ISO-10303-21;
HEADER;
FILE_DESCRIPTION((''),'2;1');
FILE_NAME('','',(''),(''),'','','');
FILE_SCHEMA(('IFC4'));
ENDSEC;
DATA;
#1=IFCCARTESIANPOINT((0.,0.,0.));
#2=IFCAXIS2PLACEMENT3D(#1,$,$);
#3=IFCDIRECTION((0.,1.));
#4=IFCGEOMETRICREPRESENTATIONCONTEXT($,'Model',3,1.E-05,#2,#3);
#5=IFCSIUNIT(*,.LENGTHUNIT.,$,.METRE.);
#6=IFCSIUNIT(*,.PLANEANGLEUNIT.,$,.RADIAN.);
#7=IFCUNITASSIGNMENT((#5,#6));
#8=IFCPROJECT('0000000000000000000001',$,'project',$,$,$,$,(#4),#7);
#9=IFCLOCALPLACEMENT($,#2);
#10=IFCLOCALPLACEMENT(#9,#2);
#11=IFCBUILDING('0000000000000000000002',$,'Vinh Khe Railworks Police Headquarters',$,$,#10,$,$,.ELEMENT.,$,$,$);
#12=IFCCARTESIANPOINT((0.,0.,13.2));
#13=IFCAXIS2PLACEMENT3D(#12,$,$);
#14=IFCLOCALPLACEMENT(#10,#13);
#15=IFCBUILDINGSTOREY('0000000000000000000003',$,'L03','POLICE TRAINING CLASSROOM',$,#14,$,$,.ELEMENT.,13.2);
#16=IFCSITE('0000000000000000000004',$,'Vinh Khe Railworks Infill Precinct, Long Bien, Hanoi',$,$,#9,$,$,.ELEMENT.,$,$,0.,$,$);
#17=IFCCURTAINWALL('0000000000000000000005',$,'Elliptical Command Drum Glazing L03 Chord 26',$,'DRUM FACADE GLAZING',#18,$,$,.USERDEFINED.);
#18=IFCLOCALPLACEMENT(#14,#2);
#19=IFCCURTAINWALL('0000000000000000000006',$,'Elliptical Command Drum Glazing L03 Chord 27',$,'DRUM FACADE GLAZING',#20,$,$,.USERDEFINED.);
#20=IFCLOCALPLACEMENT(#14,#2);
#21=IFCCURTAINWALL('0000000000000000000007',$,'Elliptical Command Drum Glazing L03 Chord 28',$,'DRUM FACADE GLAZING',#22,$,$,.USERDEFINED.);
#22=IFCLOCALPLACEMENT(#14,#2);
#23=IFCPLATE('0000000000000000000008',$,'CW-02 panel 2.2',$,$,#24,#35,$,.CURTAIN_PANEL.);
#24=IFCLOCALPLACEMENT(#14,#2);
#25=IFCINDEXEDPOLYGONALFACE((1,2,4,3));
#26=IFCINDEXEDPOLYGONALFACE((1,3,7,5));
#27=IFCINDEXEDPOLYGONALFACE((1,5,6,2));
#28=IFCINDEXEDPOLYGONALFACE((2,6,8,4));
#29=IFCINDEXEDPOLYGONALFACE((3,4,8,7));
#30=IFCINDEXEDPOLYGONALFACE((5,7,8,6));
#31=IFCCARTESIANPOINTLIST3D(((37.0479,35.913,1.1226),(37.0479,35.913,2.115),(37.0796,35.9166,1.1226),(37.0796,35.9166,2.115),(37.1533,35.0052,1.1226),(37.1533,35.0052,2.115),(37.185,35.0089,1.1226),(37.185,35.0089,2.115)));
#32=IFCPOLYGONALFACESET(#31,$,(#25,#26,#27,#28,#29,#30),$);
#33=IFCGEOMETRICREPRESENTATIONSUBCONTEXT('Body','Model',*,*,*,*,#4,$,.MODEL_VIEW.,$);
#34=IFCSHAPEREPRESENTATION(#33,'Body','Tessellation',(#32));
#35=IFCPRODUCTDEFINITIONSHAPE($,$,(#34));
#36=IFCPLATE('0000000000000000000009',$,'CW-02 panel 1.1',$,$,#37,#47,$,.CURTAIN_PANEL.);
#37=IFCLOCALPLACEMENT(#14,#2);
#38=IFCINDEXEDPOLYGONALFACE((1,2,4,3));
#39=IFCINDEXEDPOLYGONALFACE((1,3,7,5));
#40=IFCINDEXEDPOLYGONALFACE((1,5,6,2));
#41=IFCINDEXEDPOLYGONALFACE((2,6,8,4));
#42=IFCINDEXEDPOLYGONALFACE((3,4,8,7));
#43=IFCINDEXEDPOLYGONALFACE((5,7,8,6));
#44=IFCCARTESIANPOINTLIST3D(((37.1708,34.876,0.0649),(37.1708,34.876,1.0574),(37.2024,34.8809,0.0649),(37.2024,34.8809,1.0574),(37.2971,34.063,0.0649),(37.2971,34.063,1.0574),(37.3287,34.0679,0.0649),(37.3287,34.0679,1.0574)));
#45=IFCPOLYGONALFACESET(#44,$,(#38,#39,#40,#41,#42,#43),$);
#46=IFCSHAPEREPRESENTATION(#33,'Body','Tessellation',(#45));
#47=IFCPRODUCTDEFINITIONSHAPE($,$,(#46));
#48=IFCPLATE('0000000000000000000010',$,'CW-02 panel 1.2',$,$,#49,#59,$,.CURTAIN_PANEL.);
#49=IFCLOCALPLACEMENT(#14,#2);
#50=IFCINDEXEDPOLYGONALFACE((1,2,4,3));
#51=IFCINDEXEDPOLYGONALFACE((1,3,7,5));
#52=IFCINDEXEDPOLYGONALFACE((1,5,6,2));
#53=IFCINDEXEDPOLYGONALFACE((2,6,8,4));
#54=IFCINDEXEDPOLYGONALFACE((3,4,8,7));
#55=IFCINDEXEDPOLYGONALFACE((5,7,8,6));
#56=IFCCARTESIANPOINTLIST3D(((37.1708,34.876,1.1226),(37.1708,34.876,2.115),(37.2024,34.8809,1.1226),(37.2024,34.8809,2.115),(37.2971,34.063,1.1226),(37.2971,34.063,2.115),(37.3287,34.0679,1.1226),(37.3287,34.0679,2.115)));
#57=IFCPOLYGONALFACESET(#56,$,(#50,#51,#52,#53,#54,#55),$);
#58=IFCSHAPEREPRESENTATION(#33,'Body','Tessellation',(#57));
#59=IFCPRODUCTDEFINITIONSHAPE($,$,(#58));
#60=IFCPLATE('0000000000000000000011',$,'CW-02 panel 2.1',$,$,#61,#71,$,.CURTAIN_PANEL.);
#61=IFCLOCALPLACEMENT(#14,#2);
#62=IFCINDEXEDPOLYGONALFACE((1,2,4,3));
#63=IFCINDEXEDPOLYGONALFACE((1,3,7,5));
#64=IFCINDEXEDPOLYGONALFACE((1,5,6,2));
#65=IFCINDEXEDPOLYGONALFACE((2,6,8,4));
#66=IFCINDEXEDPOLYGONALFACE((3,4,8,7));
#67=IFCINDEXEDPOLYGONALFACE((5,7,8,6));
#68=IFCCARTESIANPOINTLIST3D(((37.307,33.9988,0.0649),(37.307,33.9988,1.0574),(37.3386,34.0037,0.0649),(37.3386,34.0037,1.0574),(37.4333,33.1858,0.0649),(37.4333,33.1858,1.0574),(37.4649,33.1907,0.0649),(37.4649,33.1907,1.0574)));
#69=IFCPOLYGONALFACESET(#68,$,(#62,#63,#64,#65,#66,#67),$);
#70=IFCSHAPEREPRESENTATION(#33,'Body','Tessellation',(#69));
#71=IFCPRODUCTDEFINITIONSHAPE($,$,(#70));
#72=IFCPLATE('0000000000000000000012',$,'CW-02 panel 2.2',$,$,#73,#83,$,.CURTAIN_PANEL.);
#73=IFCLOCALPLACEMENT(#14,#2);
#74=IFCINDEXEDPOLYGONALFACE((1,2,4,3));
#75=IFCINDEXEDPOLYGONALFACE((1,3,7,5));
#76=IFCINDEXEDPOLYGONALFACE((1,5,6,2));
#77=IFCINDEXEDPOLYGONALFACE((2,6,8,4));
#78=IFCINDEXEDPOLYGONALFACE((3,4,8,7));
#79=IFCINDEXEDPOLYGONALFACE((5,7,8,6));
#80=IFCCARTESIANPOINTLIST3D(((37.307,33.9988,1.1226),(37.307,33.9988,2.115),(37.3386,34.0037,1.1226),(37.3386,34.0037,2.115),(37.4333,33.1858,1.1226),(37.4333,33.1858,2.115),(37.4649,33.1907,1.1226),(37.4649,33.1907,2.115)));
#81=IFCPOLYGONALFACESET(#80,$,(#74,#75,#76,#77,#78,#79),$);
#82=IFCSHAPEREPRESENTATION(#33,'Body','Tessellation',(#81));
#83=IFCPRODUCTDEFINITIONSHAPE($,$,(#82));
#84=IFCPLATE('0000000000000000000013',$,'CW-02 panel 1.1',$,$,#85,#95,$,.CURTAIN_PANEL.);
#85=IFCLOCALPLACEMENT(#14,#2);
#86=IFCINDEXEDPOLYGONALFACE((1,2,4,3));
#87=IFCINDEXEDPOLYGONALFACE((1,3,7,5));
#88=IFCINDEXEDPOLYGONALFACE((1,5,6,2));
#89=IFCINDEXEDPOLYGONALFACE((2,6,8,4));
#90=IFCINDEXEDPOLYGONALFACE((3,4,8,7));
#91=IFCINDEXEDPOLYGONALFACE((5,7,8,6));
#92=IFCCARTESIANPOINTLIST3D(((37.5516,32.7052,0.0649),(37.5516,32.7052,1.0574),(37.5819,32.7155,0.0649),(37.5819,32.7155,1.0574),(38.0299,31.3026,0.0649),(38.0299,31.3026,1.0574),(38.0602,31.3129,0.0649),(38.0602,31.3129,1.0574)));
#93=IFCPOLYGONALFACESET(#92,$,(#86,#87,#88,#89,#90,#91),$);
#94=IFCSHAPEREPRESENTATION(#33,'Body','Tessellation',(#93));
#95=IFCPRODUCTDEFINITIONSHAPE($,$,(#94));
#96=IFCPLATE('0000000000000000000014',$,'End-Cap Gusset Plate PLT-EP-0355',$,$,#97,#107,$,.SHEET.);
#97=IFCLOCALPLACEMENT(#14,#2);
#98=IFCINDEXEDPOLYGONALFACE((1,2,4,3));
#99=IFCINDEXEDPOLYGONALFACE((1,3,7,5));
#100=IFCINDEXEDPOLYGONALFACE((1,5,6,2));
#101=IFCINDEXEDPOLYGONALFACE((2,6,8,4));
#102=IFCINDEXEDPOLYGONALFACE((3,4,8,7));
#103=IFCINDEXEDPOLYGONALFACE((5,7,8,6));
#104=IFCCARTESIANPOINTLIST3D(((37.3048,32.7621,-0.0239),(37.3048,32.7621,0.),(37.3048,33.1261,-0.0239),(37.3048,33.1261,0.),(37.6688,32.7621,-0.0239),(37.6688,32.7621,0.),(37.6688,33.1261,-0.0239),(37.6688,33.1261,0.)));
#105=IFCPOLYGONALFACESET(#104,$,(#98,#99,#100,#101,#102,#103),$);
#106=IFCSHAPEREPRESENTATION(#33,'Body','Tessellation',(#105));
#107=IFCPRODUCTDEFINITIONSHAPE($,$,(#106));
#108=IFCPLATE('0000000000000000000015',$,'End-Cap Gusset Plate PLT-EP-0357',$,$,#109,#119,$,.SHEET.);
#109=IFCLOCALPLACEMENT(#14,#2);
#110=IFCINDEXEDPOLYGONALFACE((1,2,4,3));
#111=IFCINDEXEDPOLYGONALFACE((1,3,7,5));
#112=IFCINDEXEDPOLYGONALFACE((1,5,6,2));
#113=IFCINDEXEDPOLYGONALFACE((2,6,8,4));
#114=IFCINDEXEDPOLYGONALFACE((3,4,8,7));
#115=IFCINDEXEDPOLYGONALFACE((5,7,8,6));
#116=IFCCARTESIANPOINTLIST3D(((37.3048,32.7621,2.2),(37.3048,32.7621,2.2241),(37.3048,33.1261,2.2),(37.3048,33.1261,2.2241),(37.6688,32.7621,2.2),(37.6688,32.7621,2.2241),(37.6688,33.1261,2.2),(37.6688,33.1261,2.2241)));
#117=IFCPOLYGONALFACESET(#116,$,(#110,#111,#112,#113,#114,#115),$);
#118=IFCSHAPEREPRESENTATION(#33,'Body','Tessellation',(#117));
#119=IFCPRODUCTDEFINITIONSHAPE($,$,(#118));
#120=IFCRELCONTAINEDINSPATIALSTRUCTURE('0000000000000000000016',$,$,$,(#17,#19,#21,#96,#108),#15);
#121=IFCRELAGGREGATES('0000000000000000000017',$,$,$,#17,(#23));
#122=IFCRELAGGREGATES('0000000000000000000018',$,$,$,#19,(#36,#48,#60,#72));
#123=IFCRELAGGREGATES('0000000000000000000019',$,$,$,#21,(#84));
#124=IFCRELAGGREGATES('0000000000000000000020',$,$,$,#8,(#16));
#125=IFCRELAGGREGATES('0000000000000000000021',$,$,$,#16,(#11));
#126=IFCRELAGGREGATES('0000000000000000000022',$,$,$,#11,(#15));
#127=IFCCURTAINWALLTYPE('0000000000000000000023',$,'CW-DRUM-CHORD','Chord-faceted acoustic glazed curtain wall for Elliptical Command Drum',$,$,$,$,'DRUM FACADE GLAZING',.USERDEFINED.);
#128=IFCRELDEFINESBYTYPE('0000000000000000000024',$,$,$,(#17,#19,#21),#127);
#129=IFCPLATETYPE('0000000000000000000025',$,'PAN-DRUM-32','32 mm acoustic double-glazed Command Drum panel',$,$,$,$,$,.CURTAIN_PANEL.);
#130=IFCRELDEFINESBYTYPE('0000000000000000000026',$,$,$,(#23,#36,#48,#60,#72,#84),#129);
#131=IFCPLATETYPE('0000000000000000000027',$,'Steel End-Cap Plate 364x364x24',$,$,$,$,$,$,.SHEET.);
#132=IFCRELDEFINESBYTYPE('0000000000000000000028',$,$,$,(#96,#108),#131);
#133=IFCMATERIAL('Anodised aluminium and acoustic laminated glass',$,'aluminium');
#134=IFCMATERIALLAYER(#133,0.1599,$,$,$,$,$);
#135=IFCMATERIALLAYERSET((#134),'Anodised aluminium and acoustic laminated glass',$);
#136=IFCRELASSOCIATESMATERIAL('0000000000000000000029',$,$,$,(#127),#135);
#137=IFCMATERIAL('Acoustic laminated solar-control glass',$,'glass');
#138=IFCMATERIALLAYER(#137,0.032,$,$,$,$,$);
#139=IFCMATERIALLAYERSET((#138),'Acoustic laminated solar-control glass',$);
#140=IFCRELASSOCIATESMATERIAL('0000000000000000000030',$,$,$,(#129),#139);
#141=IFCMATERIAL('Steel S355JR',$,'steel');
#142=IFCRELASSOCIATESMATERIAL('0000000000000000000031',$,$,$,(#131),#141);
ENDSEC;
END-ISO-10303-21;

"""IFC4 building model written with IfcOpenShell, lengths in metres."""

from ifc_helpers import new_model, si_unit, direction, frame, origin, origin_2d, place, context, subcontext, project, spatial, rectangle, extrude, material, layer, layer_set, material_profile, profile_set, type_object, element, aggregate, save


model = new_model("IFC4")

# Units and contexts
model_context = context("Model", 3, precision=1e-05, world=origin(), true_north=direction((0.0, 1.0)))
body_context = subcontext(model_context, "Body", "Model", "MODEL_VIEW")
ifc_project = project(units=[si_unit("LENGTHUNIT", "METRE"), si_unit("PLANEANGLEUNIT", "RADIAN")], contexts=[model_context])

# Site, building, storey
site_placement = place(None, origin())
site = spatial("IfcSite", under=ifc_project, at=site_placement, Name="Vinh Khe Railworks Infill Precinct, Long Bien, Hanoi", CompositionType="ELEMENT", RefElevation=0.0)
building_placement = place(site_placement, origin())
building = spatial("IfcBuilding", under=site, at=building_placement, Name="Vinh Khe Railworks Police Headquarters", CompositionType="ELEMENT")
storey_placement = place(building_placement, frame((0.0, 0.0, 13.2)))
storey = spatial("IfcBuildingStorey", under=building, at=storey_placement, Name="L03", Description="POLICE TRAINING CLASSROOM", CompositionType="ELEMENT", Elevation=13.2)

# Shared definitions
ifc_material_1 = material(Name="Steel S355JR", Category="steel")

# Curtain walls
ifc_material_2 = material(Name="Anodised aluminium and acoustic laminated glass", Category="aluminium")
ifc_layer_1 = layer(ifc_material_2, 0.1599)
ifc_layer_set_1 = layer_set([ifc_layer_1], Name="Anodised aluminium and acoustic laminated glass")
curtain_wall_type = type_object("IfcCurtainWallType", Name="CW-DRUM-CHORD", Description="Chord-faceted acoustic glazed curtain wall for Elliptical Command Drum", ElementType="DRUM FACADE GLAZING", PredefinedType="USERDEFINED", material=ifc_layer_set_1)
curtain_wall_1_placement = place(storey_placement, origin())
curtain_wall_1 = element("IfcCurtainWall", 1, at=curtain_wall_1_placement, inside=storey, type_object=curtain_wall_type, Name="Elliptical Command Drum Glazing L03 Chord 26", ObjectType="DRUM FACADE GLAZING", PredefinedType="USERDEFINED")
curtain_wall_2_placement = place(storey_placement, origin())
curtain_wall_2 = element("IfcCurtainWall", 2, at=curtain_wall_2_placement, inside=storey, type_object=curtain_wall_type, Name="Elliptical Command Drum Glazing L03 Chord 27", ObjectType="DRUM FACADE GLAZING", PredefinedType="USERDEFINED")

# Curtain wall
curtain_wall_3_placement = place(storey_placement, origin())
curtain_wall_3 = element("IfcCurtainWall", 3, at=curtain_wall_3_placement, inside=storey, type_object=curtain_wall_type, Name="Elliptical Command Drum Glazing L03 Chord 28", ObjectType="DRUM FACADE GLAZING", PredefinedType="USERDEFINED")

# Plates
ifc_material_3 = material(Name="Acoustic laminated solar-control glass", Category="glass")
ifc_layer_2 = layer(ifc_material_3, 0.032)
ifc_layer_set_2 = layer_set([ifc_layer_2], Name="Acoustic laminated solar-control glass")
plate_type_1 = type_object("IfcPlateType", Name="PAN-DRUM-32", Description="32 mm acoustic double-glazed Command Drum panel", PredefinedType="CURTAIN_PANEL", material=ifc_layer_set_2)
plate_1_placement = place(storey_placement, frame((37.1165, 35.4609, 1.1226), z_axis=(0.0, 0.0, 1.0), x_axis=(0.115318, -0.993329, 0.0)))
plate_1 = element("IfcPlate", 4, at=plate_1_placement, type_object=plate_type_1, Name="CW-02 panel 2.2", PredefinedType="CURTAIN_PANEL", context=body_context, shape_type="SweptSolid", body=[
    extrude(rectangle(XDim=0.9138, YDim=0.032, at=origin_2d()), origin(), (0.0, 0.0, 1.0), 0.9924),
])
aggregate(curtain_wall_1, [plate_1])
plate_2_placement = place(storey_placement, frame((37.2498, 34.4719, 0.0649), z_axis=(0.0, 0.0, 1.0), x_axis=(0.153489, -0.98815, 0.0)))
plate_2 = element("IfcPlate", 5, at=plate_2_placement, type_object=plate_type_1, Name="CW-02 panel 1.1", PredefinedType="CURTAIN_PANEL", context=body_context, shape_type="SweptSolid", body=[
    extrude(rectangle(XDim=0.8228, YDim=0.032, at=origin_2d()), origin(), (0.0, 0.0, 1.0), 0.9924),
])
plate_3_placement = place(storey_placement, frame((37.2498, 34.4719, 1.1226), z_axis=(0.0, 0.0, 1.0), x_axis=(0.153489, -0.98815, 0.0)))
plate_3 = element("IfcPlate", 6, at=plate_3_placement, type_object=plate_type_1, Name="CW-02 panel 1.2", PredefinedType="CURTAIN_PANEL", context=body_context, shape_type="SweptSolid", body=[
    extrude(rectangle(XDim=0.8228, YDim=0.032, at=origin_2d()), origin(), (0.0, 0.0, 1.0), 0.9924),
])
plate_4_placement = place(storey_placement, frame((37.386, 33.5947, 0.0649), z_axis=(0.0, 0.0, 1.0), x_axis=(0.153489, -0.98815, 0.0)))
plate_4 = element("IfcPlate", 7, at=plate_4_placement, type_object=plate_type_1, Name="CW-02 panel 2.1", PredefinedType="CURTAIN_PANEL", context=body_context, shape_type="SweptSolid", body=[
    extrude(rectangle(XDim=0.8228, YDim=0.032, at=origin_2d()), origin(), (0.0, 0.0, 1.0), 0.9924),
])
plate_5_placement = place(storey_placement, frame((37.386, 33.5947, 1.1226), z_axis=(0.0, 0.0, 1.0), x_axis=(0.153489, -0.98815, 0.0)))
plate_5 = element("IfcPlate", 8, at=plate_5_placement, type_object=plate_type_1, Name="CW-02 panel 2.2", PredefinedType="CURTAIN_PANEL", context=body_context, shape_type="SweptSolid", body=[
    extrude(rectangle(XDim=0.8228, YDim=0.032, at=origin_2d()), origin(), (0.0, 0.0, 1.0), 0.9924),
])
aggregate(curtain_wall_2, [plate_2, plate_3, plate_4, plate_5])
plate_6_placement = place(storey_placement, frame((37.8059, 32.009, 0.0649), z_axis=(0.0, 0.0, 1.0), x_axis=(0.322749, -0.946485, 0.0)))
plate_6 = element("IfcPlate", 9, at=plate_6_placement, type_object=plate_type_1, Name="CW-02 panel 1.1", PredefinedType="CURTAIN_PANEL", context=body_context, shape_type="SweptSolid", body=[
    extrude(rectangle(XDim=1.4819, YDim=0.032, at=origin_2d()), origin(), (0.0, 0.0, 1.0), 0.9924),
])
aggregate(curtain_wall_3, [plate_6])

# Plates
ifc_material_profile_1 = material_profile(ifc_material_1, rectangle(XDim=0.364, YDim=0.364, at=origin_2d()), Name="PL 364x364")
ifc_profile_set_1 = profile_set([ifc_material_profile_1], Name="Steel S355JR")
plate_type_2 = type_object("IfcPlateType", Name="Steel End-Cap Plate 364x364x24", PredefinedType="SHEET", material=ifc_profile_set_1)
plate_7_placement = place(storey_placement, frame((37.4868, 32.9441, 0.0), z_axis=(0.0, 0.0, -1.0), x_axis=(1.0, 0.0, 0.0)))
element("IfcPlate", 10, at=plate_7_placement, inside=storey, type_object=plate_type_2, Name="End-Cap Gusset Plate PLT-EP-0355", PredefinedType="SHEET", context=body_context, shape_type="SweptSolid", body=[
    extrude(rectangle(XDim=0.364, YDim=0.364, at=origin_2d()), origin(), (0.0, 0.0, 1.0), 0.0239),
])
plate_8_placement = place(storey_placement, frame((37.4868, 32.9441, 2.2), z_axis=(0.0, 0.0, 1.0), x_axis=(1.0, 0.0, 0.0)))
element("IfcPlate", 11, at=plate_8_placement, inside=storey, type_object=plate_type_2, Name="End-Cap Gusset Plate PLT-EP-0357", PredefinedType="SHEET", context=body_context, shape_type="SweptSolid", body=[
    extrude(rectangle(XDim=0.364, YDim=0.364, at=origin_2d()), origin(), (0.0, 0.0, 1.0), 0.0242),
])

save(model, "model.ifc")
